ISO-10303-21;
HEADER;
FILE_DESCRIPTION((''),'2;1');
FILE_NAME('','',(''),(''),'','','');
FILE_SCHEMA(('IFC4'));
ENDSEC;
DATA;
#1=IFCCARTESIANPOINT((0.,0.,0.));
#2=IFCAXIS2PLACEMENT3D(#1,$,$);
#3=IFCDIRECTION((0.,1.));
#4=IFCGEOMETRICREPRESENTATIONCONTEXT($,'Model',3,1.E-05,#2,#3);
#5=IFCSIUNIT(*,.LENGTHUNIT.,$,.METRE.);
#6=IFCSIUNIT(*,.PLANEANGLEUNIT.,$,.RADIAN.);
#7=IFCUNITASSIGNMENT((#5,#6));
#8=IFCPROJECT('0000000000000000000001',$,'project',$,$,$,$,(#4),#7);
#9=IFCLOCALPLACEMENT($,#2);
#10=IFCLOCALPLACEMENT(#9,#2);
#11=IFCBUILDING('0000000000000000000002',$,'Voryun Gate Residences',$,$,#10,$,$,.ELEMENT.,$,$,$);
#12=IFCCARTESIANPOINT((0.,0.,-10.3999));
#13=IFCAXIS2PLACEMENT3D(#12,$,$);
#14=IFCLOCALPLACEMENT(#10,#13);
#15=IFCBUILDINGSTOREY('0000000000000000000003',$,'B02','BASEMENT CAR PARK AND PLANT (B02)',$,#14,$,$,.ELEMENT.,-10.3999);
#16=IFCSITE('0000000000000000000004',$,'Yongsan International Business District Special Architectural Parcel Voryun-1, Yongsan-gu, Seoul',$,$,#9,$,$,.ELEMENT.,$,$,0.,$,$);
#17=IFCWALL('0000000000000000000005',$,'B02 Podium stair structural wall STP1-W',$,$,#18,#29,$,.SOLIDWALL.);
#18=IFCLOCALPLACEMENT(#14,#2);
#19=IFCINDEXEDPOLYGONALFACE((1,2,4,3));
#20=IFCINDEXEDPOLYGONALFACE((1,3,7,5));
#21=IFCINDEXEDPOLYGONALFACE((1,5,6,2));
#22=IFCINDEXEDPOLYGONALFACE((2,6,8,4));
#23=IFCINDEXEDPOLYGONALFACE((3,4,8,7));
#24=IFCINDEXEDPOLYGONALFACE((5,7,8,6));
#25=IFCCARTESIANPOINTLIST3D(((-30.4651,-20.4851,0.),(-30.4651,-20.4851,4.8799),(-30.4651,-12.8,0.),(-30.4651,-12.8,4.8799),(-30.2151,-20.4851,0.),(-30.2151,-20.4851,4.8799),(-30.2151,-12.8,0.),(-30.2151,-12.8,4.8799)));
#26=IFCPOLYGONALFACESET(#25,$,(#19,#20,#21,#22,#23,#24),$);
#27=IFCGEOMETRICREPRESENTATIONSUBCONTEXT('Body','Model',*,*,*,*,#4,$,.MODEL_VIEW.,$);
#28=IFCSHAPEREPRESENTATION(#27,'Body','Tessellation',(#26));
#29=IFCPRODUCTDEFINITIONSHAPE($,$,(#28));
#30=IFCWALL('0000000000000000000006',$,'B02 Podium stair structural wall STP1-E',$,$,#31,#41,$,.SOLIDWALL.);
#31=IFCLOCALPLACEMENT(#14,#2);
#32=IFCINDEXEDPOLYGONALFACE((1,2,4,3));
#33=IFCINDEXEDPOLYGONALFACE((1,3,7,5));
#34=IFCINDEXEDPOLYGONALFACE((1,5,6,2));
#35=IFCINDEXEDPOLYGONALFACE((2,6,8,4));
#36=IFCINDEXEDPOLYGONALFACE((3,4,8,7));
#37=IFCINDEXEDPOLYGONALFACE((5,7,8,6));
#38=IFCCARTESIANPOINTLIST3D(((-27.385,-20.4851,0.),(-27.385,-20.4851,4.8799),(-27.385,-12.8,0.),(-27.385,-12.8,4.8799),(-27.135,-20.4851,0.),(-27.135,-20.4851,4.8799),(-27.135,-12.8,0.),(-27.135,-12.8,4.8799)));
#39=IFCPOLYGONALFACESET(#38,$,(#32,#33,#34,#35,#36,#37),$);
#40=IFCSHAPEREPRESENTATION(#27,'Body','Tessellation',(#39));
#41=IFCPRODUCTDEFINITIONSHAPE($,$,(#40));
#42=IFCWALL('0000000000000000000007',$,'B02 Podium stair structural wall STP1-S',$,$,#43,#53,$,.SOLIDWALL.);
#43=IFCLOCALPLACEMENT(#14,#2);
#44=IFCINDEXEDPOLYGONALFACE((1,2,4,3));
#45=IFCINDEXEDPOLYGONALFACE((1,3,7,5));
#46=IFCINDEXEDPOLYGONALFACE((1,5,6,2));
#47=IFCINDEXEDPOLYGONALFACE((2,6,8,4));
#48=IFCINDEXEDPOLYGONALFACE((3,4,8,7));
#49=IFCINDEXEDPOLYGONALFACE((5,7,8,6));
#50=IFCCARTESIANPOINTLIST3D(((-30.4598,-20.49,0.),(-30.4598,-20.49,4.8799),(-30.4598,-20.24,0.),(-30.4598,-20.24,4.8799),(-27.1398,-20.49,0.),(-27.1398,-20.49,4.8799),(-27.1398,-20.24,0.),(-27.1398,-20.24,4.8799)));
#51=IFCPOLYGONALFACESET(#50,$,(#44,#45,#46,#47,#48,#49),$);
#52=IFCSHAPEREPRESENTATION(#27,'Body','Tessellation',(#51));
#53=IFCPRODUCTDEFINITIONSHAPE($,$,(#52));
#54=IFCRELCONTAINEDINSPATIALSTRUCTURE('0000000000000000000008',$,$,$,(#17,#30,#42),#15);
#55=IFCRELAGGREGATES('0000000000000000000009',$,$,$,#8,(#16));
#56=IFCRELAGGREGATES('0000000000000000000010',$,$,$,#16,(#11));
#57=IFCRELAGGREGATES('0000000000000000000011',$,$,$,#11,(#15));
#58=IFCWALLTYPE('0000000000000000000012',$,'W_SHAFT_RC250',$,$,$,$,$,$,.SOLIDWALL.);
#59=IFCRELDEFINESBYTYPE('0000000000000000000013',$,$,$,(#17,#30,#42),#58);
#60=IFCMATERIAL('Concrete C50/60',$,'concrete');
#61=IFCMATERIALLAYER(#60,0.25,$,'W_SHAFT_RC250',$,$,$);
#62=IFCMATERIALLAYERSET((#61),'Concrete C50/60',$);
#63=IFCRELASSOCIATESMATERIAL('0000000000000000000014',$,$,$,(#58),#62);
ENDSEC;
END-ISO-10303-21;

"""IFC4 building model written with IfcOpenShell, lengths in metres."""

from ifc_helpers import new_model, si_unit, direction, frame, frame_2d, origin, place, context, subcontext, project, spatial, rectangle, extrude, material, layer, layer_set, type_object, element, save


model = new_model("IFC4")

# Units and contexts
model_context = context("Model", 3, precision=1e-05, world=origin(), true_north=direction((0.0, 1.0)))
body_context = subcontext(model_context, "Body", "Model", "MODEL_VIEW")
ifc_project = project(units=[si_unit("LENGTHUNIT", "METRE"), si_unit("PLANEANGLEUNIT", "RADIAN")], contexts=[model_context])

# Site, building, storey
site_placement = place(None, origin())
site = spatial("IfcSite", under=ifc_project, at=site_placement, Name="Yongsan International Business District Special Architectural Parcel Voryun-1, Yongsan-gu, Seoul", CompositionType="ELEMENT", RefElevation=0.0)
building_placement = place(site_placement, origin())
building = spatial("IfcBuilding", under=site, at=building_placement, Name="Voryun Gate Residences", CompositionType="ELEMENT")
storey_placement = place(building_placement, frame((0.0, 0.0, -10.3999)))
storey = spatial("IfcBuildingStorey", under=building, at=storey_placement, Name="B02", Description="BASEMENT CAR PARK AND PLANT (B02)", CompositionType="ELEMENT", Elevation=-10.3999)

# Walls
ifc_material_1 = material(Name="Concrete C50/60", Category="concrete")
ifc_layer_1 = layer(ifc_material_1, 0.25, Name="W_SHAFT_RC250")
ifc_layer_set_1 = layer_set([ifc_layer_1], Name="Concrete C50/60")
wall_type_1 = type_object("IfcWallType", Name="W_SHAFT_RC250", PredefinedType="SOLIDWALL", material=ifc_layer_set_1)
for number, where, z_axis, x_axis, name in (
    (1, (-30.3401, -20.4851, 0.0), (0.0, 0.0, 1.0), (0.0, 1.0, 0.0), "B02 Podium stair structural wall STP1-W"),
    (2, (-27.26, -20.4851, 0.0), (0.0, 0.0, 1.0), (0.0, 1.0, 0.0), "B02 Podium stair structural wall STP1-E"),
):
    element("IfcWall", number, at=place(storey_placement, frame(where, z_axis=z_axis, x_axis=x_axis)), inside=storey, type_object=wall_type_1, Name=name, PredefinedType="SOLIDWALL", context=body_context, shape_type="SweptSolid", body=[
        extrude(rectangle(XDim=7.6851, YDim=0.25, at=frame_2d((3.8425, 0.0))), origin(), (0.0, 0.0, 1.0), 4.8799),
    ])
wall_1_placement = place(storey_placement, frame((-30.46, -20.365, 0.0), z_axis=(0.0, 0.0, 1.0), x_axis=(1.0, 0.0, 0.0)))
element("IfcWall", 3, at=wall_1_placement, inside=storey, type_object=wall_type_1, Name="B02 Podium stair structural wall STP1-S", PredefinedType="SOLIDWALL", context=body_context, shape_type="SweptSolid", body=[
    extrude(rectangle(XDim=3.3201, YDim=0.25, at=frame_2d((1.6602, 0.0))), origin(), (0.0, 0.0, 1.0), 4.8799),
])

save(model, "model.ifc")
